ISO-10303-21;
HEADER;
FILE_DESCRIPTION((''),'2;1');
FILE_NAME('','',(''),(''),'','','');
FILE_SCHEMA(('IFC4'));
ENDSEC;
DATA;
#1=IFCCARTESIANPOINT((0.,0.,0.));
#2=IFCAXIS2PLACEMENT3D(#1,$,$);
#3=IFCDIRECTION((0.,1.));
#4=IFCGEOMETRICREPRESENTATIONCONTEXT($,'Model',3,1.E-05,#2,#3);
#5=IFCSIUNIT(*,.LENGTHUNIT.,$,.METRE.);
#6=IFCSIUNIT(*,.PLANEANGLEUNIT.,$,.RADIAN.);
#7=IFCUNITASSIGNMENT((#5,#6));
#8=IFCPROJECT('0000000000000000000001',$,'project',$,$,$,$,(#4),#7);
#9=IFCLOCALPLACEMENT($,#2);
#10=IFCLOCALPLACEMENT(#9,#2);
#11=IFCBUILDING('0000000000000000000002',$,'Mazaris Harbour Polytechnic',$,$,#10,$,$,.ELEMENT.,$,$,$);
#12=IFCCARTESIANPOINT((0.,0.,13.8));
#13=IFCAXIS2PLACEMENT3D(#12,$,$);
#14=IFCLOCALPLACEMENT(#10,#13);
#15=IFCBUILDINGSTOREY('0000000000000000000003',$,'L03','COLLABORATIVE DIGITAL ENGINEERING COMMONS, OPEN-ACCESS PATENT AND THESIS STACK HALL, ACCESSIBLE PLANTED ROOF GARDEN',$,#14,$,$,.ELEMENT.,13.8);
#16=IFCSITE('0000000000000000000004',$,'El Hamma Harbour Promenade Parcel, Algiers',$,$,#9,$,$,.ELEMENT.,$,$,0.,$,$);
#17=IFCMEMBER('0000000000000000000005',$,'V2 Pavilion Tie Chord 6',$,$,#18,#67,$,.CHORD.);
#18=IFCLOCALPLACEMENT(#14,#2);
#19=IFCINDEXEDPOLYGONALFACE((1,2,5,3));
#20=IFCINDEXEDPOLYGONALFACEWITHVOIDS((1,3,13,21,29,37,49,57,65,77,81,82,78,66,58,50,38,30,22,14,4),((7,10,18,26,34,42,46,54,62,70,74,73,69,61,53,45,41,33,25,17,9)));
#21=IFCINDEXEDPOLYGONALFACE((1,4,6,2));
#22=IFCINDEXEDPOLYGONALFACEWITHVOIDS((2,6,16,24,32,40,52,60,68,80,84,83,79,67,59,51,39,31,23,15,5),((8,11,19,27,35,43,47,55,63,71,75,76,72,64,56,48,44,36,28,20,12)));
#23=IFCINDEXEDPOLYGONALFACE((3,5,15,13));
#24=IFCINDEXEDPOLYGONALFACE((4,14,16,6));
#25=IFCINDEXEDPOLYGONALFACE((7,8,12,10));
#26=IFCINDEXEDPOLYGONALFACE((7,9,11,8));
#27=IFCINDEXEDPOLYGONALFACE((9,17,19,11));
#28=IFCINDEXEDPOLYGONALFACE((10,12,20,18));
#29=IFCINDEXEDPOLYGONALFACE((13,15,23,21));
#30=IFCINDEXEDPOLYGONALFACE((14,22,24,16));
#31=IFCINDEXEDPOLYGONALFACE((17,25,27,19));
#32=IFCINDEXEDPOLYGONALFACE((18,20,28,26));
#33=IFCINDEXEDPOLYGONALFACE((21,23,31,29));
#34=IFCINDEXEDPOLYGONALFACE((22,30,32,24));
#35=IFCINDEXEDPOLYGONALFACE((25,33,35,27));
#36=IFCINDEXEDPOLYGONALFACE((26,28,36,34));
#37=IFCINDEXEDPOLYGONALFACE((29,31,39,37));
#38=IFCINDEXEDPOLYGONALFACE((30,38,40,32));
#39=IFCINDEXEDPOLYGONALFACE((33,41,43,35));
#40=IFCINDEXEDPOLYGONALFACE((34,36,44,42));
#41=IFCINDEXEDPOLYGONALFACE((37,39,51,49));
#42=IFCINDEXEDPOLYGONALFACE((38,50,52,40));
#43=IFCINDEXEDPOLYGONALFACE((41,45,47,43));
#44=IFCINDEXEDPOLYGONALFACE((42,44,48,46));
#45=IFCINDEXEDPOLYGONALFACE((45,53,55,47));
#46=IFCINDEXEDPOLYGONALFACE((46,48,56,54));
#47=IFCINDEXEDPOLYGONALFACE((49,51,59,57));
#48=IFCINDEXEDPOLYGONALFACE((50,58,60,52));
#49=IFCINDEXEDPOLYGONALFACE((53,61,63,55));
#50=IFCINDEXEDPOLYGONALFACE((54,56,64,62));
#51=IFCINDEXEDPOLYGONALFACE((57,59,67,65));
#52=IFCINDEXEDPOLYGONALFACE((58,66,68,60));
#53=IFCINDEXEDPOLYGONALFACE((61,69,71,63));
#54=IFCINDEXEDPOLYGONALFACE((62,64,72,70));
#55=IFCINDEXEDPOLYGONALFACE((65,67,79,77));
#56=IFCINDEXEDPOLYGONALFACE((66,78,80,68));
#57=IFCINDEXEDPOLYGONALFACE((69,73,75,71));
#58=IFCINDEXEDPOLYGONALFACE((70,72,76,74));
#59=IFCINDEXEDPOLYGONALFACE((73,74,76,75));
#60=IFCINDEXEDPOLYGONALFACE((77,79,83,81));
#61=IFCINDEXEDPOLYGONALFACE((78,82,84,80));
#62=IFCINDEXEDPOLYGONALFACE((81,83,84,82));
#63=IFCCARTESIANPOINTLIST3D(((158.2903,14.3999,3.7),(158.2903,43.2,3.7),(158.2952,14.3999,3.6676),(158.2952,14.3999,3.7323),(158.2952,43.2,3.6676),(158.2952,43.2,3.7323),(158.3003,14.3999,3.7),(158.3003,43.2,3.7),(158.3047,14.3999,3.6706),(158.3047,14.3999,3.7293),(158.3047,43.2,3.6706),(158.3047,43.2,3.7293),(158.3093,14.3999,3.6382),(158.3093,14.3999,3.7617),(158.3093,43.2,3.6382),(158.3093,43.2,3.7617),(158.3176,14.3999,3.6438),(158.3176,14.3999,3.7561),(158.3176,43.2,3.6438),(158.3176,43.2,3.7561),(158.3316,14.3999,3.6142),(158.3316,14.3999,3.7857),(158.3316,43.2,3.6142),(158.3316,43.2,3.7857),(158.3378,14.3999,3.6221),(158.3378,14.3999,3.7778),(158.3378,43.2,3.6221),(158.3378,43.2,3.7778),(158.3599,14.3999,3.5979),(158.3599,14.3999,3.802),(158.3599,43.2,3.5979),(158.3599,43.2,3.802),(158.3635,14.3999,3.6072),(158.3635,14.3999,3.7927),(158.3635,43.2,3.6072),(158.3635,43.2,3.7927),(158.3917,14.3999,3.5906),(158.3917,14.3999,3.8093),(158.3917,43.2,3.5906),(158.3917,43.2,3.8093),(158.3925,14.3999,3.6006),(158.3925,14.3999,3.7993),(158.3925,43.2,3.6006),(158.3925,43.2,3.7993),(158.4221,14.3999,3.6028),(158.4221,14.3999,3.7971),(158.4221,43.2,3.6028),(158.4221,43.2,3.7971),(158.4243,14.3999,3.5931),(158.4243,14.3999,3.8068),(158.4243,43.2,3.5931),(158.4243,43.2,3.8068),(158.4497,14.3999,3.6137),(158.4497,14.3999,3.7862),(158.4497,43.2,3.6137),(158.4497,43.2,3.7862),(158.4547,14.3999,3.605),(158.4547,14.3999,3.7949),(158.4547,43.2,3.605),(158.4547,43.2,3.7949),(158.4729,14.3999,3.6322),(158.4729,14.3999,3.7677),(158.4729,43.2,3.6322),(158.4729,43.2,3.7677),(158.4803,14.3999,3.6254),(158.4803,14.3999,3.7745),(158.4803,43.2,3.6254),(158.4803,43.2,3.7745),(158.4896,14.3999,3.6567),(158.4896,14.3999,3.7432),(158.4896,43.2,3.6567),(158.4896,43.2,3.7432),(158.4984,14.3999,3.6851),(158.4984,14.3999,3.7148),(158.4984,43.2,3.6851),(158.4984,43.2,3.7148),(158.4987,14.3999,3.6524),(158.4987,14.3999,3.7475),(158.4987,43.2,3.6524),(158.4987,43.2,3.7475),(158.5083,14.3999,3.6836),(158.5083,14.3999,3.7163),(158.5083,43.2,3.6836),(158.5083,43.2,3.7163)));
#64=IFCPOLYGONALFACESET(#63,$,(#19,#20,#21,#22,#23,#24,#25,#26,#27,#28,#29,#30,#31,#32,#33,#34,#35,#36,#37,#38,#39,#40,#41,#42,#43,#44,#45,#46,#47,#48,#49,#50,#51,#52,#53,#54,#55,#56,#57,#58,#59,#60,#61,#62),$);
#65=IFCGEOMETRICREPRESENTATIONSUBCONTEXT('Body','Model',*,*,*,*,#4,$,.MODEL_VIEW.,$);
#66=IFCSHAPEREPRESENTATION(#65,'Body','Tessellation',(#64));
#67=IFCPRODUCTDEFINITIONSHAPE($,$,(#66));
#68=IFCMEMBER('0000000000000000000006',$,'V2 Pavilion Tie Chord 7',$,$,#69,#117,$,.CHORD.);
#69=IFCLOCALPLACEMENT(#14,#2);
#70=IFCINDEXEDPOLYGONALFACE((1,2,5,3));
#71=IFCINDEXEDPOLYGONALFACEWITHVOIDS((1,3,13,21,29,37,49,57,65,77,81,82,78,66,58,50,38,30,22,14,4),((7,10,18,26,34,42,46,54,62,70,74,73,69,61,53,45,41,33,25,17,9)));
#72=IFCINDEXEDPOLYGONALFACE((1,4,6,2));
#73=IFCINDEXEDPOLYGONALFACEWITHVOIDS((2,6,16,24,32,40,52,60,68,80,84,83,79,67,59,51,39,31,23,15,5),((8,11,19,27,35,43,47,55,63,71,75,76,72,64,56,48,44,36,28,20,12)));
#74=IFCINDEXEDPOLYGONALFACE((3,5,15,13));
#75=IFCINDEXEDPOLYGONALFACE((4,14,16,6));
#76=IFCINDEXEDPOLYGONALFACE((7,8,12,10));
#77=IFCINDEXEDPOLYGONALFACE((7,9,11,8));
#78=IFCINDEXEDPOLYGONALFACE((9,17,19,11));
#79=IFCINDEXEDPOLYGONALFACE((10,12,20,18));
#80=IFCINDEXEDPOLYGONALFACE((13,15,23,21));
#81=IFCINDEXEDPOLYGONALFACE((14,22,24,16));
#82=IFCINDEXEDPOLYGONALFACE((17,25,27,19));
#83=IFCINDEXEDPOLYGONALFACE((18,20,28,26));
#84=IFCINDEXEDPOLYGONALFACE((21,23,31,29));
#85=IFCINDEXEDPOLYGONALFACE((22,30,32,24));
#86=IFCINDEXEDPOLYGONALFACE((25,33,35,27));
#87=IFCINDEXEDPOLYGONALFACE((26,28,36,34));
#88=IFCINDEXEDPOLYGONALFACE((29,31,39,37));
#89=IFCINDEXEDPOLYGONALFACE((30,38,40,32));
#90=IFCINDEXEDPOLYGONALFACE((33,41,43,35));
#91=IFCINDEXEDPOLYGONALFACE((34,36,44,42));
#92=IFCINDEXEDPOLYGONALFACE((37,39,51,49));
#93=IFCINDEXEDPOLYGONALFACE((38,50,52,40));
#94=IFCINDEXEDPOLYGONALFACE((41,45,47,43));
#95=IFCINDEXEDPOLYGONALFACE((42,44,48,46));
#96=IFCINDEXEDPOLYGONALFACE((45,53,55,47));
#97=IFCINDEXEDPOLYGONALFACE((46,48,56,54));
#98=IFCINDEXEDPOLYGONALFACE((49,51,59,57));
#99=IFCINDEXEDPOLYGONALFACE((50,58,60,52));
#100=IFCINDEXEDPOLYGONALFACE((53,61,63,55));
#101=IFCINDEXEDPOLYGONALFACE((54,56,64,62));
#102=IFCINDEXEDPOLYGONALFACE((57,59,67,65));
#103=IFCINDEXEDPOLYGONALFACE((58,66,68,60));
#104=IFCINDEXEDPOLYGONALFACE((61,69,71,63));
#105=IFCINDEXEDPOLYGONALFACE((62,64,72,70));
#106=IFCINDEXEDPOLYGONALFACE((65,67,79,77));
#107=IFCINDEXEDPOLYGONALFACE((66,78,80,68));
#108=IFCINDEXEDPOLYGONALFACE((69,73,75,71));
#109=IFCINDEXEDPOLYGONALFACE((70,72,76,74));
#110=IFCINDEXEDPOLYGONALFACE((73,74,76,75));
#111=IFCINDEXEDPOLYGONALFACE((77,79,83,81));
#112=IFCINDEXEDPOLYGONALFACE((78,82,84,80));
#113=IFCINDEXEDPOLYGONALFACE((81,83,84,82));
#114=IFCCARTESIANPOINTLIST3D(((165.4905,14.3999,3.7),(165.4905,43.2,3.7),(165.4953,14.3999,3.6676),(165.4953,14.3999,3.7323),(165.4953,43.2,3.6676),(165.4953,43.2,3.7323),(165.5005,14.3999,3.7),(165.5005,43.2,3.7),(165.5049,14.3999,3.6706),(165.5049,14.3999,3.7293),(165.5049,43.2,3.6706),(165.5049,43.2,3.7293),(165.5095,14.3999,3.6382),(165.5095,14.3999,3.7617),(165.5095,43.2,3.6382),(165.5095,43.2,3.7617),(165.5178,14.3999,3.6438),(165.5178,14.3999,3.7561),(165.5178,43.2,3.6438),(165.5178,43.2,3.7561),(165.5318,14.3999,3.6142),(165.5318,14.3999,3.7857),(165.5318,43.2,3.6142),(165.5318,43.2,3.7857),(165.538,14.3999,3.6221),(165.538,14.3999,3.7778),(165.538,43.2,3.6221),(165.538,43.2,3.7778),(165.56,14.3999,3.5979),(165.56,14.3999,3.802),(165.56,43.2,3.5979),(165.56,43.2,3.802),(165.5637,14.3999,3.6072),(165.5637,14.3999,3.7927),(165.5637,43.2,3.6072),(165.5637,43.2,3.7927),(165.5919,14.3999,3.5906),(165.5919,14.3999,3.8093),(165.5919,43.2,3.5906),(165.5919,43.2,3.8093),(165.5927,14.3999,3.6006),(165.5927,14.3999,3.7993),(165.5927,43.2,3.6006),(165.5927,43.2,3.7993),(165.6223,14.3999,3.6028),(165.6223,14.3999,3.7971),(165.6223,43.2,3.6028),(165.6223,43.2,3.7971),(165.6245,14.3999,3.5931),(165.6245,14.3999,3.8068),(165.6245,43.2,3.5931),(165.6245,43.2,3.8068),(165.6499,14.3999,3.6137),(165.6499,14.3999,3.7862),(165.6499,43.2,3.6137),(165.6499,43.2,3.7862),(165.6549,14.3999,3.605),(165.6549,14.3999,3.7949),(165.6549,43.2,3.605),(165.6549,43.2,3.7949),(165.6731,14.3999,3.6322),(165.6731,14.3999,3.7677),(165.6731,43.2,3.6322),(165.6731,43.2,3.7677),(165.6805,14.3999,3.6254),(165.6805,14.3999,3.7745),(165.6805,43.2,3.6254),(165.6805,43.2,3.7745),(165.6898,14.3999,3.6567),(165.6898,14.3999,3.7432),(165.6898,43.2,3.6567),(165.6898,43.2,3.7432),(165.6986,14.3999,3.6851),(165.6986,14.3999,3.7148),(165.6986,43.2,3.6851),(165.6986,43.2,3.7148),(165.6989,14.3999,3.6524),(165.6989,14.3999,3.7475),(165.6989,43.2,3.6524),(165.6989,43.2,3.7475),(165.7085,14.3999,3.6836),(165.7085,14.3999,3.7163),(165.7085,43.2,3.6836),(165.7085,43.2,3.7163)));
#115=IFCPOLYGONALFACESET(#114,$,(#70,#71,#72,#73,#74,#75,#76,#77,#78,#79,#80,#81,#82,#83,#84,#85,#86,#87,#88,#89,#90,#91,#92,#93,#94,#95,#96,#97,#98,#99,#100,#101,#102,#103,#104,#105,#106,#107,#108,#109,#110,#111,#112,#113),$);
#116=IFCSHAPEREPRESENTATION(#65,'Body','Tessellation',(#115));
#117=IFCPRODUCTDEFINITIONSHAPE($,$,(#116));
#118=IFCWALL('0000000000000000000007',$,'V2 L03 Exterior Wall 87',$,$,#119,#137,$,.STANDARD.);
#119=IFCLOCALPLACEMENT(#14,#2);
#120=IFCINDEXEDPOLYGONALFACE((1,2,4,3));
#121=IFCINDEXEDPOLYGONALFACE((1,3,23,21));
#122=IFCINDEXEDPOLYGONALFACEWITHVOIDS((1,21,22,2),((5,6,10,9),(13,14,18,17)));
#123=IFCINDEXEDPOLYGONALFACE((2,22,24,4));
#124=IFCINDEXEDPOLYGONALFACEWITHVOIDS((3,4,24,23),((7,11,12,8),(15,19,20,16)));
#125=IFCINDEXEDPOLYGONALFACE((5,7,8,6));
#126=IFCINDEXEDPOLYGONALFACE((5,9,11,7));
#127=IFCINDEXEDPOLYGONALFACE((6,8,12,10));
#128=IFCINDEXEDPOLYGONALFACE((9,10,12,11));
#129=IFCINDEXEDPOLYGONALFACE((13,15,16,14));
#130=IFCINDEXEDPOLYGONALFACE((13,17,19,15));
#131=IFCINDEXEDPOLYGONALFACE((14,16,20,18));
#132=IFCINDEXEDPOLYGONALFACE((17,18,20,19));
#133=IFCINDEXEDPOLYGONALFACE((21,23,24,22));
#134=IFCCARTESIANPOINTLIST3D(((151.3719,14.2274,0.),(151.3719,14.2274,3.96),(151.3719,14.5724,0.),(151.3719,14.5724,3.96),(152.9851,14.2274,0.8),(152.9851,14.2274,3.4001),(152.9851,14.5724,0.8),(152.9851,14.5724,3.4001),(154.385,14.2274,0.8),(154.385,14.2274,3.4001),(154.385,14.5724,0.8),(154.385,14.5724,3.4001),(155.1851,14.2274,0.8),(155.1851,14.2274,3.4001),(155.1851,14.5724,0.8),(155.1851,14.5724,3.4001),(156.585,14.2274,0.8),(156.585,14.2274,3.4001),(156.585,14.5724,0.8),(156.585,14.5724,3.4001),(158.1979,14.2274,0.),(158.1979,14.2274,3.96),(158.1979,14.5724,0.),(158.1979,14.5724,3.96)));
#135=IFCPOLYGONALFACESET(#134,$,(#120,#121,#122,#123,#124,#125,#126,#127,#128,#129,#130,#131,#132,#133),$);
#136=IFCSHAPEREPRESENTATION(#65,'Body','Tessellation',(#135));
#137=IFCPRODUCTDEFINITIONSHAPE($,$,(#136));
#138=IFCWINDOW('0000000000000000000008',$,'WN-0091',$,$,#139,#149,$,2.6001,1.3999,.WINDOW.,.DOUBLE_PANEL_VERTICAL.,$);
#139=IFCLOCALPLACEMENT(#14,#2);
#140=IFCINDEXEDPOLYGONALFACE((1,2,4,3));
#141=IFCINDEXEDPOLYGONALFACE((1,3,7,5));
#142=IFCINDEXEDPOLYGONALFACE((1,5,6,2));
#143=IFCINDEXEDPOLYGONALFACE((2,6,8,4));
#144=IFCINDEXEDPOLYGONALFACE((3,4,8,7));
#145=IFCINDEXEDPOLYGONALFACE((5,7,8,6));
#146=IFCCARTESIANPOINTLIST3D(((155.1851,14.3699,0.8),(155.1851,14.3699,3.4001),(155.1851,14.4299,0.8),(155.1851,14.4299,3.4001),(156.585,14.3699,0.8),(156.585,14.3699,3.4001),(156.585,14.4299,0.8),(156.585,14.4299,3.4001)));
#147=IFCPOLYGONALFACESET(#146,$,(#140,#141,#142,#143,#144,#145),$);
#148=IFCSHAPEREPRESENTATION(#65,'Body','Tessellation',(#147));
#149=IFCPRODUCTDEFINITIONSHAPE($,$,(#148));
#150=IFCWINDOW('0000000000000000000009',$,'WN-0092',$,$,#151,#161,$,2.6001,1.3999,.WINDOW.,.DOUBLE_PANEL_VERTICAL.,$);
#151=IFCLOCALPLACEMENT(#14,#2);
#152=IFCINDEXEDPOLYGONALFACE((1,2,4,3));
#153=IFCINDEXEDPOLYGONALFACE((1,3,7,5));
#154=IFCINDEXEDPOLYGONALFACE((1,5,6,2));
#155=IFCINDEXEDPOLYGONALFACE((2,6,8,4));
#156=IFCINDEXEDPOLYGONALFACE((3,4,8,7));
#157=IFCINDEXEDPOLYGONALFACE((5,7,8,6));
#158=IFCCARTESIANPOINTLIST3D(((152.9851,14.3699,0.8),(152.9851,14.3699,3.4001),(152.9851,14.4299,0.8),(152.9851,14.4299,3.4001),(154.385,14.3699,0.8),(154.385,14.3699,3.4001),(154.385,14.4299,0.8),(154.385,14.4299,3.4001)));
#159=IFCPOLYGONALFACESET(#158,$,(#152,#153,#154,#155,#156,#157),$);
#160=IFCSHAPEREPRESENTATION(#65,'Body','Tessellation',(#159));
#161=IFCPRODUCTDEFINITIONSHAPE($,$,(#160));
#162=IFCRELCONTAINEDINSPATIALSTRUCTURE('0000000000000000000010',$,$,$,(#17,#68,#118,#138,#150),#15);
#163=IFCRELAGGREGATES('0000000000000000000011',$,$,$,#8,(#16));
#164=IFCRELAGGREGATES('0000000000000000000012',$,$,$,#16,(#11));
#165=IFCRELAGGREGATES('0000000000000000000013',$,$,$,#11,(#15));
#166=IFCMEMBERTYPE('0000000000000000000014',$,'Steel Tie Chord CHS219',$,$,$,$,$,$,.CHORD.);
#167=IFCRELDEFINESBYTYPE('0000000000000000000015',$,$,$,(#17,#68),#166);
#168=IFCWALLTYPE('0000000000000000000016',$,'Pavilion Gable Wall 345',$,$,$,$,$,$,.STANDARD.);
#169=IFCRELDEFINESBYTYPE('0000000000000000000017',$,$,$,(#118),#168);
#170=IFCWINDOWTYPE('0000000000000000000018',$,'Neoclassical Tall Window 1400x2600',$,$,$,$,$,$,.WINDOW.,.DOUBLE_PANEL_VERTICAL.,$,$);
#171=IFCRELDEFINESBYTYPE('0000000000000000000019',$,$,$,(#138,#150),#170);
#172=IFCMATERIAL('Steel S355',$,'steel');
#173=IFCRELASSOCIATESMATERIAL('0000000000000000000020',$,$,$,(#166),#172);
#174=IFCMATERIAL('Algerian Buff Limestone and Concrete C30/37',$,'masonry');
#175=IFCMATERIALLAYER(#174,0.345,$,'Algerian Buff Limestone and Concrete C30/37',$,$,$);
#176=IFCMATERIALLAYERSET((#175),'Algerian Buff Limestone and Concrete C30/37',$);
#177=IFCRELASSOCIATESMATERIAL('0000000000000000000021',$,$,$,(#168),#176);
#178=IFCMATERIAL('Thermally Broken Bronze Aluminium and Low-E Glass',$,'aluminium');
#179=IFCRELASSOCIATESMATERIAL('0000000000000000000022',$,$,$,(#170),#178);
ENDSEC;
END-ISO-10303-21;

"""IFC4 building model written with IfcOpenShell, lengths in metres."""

from ifc_helpers import new_model, si_unit, direction, frame, frame_2d, origin, origin_2d, place, context, subcontext, project, spatial, rectangle, hollow_circle, extrude, material, layer, layer_set, material_profile, profile_set, type_object, element, fill, save


model = new_model("IFC4")

# Units and contexts
model_context = context("Model", 3, precision=1e-05, world=origin(), true_north=direction((0.0, 1.0)))
body_context = subcontext(model_context, "Body", "Model", "MODEL_VIEW")
ifc_project = project(units=[si_unit("LENGTHUNIT", "METRE"), si_unit("PLANEANGLEUNIT", "RADIAN")], contexts=[model_context])

# Site, building, storey
site_placement = place(None, origin())
site = spatial("IfcSite", under=ifc_project, at=site_placement, Name="El Hamma Harbour Promenade Parcel, Algiers", CompositionType="ELEMENT", RefElevation=0.0)
building_placement = place(site_placement, origin())
building = spatial("IfcBuilding", under=site, at=building_placement, Name="Mazaris Harbour Polytechnic", CompositionType="ELEMENT")
storey_placement = place(building_placement, frame((0.0, 0.0, 13.8)))
storey = spatial("IfcBuildingStorey", under=building, at=storey_placement, Name="L03", Description="COLLABORATIVE DIGITAL ENGINEERING COMMONS, OPEN-ACCESS PATENT AND THESIS STACK HALL, ACCESSIBLE PLANTED ROOF GARDEN", CompositionType="ELEMENT", Elevation=13.8)

# Members
ifc_material_1 = material(Name="Steel S355", Category="steel")
ifc_material_profile_1 = material_profile(ifc_material_1, hollow_circle(Radius=0.1096, WallThickness=0.01, at=origin_2d()), Name="CHS 219.1x10.0")
ifc_profile_set_1 = profile_set([ifc_material_profile_1], Name="Steel S355")
member_type_1 = type_object("IfcMemberType", Name="Steel Tie Chord CHS219", PredefinedType="CHORD", material=ifc_profile_set_1)
for number, where, z_axis, x_axis, name in (
    (1, (158.3999, 14.3999, 3.7), (0.0, 1.0, 0.0), (-1.0, 0.0, 0.0), "V2 Pavilion Tie Chord 6"),
    (2, (165.6001, 14.3999, 3.7), (0.0, 1.0, 0.0), (-1.0, 0.0, 0.0), "V2 Pavilion Tie Chord 7"),
):
    element("IfcMember", number, at=place(storey_placement, frame(where, z_axis=z_axis, x_axis=x_axis)), inside=storey, type_object=member_type_1, Name=name, PredefinedType="CHORD", context=body_context, shape_type="SweptSolid", body=[
        extrude(hollow_circle(Radius=0.1096, WallThickness=0.01, at=origin_2d()), origin(), (0.0, 0.0, 1.0), 28.8),
    ])

# Wall, openings, windows
ifc_material_2 = material(Name="Algerian Buff Limestone and Concrete C30/37", Category="masonry")
ifc_layer = layer(ifc_material_2, 0.345, Name="Algerian Buff Limestone and Concrete C30/37")
ifc_layer_set = layer_set([ifc_layer], Name="Algerian Buff Limestone and Concrete C30/37")
wall_type = type_object("IfcWallType", Name="Pavilion Gable Wall 345", PredefinedType="STANDARD", material=ifc_layer_set)
wall_1_placement = place(storey_placement, frame((158.198, 14.3999, 0.0), z_axis=(0.0, 0.0, 1.0), x_axis=(-1.0, 0.0, 0.0)))
wall_1 = element("IfcWall", 3, at=wall_1_placement, inside=storey, type_object=wall_type, Name="V2 L03 Exterior Wall 87", PredefinedType="STANDARD", context=body_context, shape_type="SweptSolid", body=[
    extrude(rectangle(XDim=6.8259, YDim=0.345, at=frame_2d((3.4131, 0.0))), origin(), (0.0, 0.0, 1.0), 3.96),
])
opening_1_placement = place(wall_1_placement, frame((1.613, 0.0, 0.8)))
opening_1 = element("IfcOpeningElement", 4, at=opening_1_placement, cuts=wall_1, PredefinedType="OPENING", context=body_context, shape_type="SweptSolid", body=[
    extrude(rectangle(XDim=1.3999, YDim=2.6001, at=frame_2d((0.7, 1.3))), frame((0.0, 0.1824, 0.0), z_axis=(0.0, -1.0, 0.0), x_axis=(1.0, 0.0, 0.0)), (0.0, 0.0, 1.0), 0.365),
])
opening_2_placement = place(wall_1_placement, frame((3.813, 0.0, 0.8)))
opening_2 = element("IfcOpeningElement", 5, at=opening_2_placement, cuts=wall_1, PredefinedType="OPENING", context=body_context, shape_type="SweptSolid", body=[
    extrude(rectangle(XDim=1.3999, YDim=2.6001, at=frame_2d((0.7, 1.3))), frame((0.0, 0.1824, 0.0), z_axis=(0.0, -1.0, 0.0), x_axis=(1.0, 0.0, 0.0)), (0.0, 0.0, 1.0), 0.365),
])
ifc_material_3 = material(Name="Thermally Broken Bronze Aluminium and Low-E Glass", Category="aluminium")
window_type_1 = type_object("IfcWindowType", Name="Neoclassical Tall Window 1400x2600", PartitioningType="DOUBLE_PANEL_VERTICAL", PredefinedType="WINDOW", material=ifc_material_3)
window_1_placement = place(opening_1_placement, origin())
window_1 = element("IfcWindow", 6, at=window_1_placement, inside=storey, type_object=window_type_1, Name="WN-0091", OverallHeight=2.6001, OverallWidth=1.3999, PartitioningType="DOUBLE_PANEL_VERTICAL", PredefinedType="WINDOW", context=body_context, shape_type="SweptSolid", body=[
    extrude(rectangle(XDim=1.3999, YDim=2.6001, at=frame_2d((0.7, 1.3))), frame((0.0, 0.03, 0.0), z_axis=(0.0, -1.0, 0.0), x_axis=(1.0, 0.0, 0.0)), (0.0, 0.0, 1.0), 0.0601),
])
fill(opening_1, window_1)
window_2_placement = place(opening_2_placement, origin())
window_2 = element("IfcWindow", 7, at=window_2_placement, inside=storey, type_object=window_type_1, Name="WN-0092", OverallHeight=2.6001, OverallWidth=1.3999, PartitioningType="DOUBLE_PANEL_VERTICAL", PredefinedType="WINDOW", context=body_context, shape_type="SweptSolid", body=[
    extrude(rectangle(XDim=1.3999, YDim=2.6001, at=frame_2d((0.7, 1.3))), frame((0.0, 0.03, 0.0), z_axis=(0.0, -1.0, 0.0), x_axis=(1.0, 0.0, 0.0)), (0.0, 0.0, 1.0), 0.0601),
])
fill(opening_2, window_2)

save(model, "model.ifc")
